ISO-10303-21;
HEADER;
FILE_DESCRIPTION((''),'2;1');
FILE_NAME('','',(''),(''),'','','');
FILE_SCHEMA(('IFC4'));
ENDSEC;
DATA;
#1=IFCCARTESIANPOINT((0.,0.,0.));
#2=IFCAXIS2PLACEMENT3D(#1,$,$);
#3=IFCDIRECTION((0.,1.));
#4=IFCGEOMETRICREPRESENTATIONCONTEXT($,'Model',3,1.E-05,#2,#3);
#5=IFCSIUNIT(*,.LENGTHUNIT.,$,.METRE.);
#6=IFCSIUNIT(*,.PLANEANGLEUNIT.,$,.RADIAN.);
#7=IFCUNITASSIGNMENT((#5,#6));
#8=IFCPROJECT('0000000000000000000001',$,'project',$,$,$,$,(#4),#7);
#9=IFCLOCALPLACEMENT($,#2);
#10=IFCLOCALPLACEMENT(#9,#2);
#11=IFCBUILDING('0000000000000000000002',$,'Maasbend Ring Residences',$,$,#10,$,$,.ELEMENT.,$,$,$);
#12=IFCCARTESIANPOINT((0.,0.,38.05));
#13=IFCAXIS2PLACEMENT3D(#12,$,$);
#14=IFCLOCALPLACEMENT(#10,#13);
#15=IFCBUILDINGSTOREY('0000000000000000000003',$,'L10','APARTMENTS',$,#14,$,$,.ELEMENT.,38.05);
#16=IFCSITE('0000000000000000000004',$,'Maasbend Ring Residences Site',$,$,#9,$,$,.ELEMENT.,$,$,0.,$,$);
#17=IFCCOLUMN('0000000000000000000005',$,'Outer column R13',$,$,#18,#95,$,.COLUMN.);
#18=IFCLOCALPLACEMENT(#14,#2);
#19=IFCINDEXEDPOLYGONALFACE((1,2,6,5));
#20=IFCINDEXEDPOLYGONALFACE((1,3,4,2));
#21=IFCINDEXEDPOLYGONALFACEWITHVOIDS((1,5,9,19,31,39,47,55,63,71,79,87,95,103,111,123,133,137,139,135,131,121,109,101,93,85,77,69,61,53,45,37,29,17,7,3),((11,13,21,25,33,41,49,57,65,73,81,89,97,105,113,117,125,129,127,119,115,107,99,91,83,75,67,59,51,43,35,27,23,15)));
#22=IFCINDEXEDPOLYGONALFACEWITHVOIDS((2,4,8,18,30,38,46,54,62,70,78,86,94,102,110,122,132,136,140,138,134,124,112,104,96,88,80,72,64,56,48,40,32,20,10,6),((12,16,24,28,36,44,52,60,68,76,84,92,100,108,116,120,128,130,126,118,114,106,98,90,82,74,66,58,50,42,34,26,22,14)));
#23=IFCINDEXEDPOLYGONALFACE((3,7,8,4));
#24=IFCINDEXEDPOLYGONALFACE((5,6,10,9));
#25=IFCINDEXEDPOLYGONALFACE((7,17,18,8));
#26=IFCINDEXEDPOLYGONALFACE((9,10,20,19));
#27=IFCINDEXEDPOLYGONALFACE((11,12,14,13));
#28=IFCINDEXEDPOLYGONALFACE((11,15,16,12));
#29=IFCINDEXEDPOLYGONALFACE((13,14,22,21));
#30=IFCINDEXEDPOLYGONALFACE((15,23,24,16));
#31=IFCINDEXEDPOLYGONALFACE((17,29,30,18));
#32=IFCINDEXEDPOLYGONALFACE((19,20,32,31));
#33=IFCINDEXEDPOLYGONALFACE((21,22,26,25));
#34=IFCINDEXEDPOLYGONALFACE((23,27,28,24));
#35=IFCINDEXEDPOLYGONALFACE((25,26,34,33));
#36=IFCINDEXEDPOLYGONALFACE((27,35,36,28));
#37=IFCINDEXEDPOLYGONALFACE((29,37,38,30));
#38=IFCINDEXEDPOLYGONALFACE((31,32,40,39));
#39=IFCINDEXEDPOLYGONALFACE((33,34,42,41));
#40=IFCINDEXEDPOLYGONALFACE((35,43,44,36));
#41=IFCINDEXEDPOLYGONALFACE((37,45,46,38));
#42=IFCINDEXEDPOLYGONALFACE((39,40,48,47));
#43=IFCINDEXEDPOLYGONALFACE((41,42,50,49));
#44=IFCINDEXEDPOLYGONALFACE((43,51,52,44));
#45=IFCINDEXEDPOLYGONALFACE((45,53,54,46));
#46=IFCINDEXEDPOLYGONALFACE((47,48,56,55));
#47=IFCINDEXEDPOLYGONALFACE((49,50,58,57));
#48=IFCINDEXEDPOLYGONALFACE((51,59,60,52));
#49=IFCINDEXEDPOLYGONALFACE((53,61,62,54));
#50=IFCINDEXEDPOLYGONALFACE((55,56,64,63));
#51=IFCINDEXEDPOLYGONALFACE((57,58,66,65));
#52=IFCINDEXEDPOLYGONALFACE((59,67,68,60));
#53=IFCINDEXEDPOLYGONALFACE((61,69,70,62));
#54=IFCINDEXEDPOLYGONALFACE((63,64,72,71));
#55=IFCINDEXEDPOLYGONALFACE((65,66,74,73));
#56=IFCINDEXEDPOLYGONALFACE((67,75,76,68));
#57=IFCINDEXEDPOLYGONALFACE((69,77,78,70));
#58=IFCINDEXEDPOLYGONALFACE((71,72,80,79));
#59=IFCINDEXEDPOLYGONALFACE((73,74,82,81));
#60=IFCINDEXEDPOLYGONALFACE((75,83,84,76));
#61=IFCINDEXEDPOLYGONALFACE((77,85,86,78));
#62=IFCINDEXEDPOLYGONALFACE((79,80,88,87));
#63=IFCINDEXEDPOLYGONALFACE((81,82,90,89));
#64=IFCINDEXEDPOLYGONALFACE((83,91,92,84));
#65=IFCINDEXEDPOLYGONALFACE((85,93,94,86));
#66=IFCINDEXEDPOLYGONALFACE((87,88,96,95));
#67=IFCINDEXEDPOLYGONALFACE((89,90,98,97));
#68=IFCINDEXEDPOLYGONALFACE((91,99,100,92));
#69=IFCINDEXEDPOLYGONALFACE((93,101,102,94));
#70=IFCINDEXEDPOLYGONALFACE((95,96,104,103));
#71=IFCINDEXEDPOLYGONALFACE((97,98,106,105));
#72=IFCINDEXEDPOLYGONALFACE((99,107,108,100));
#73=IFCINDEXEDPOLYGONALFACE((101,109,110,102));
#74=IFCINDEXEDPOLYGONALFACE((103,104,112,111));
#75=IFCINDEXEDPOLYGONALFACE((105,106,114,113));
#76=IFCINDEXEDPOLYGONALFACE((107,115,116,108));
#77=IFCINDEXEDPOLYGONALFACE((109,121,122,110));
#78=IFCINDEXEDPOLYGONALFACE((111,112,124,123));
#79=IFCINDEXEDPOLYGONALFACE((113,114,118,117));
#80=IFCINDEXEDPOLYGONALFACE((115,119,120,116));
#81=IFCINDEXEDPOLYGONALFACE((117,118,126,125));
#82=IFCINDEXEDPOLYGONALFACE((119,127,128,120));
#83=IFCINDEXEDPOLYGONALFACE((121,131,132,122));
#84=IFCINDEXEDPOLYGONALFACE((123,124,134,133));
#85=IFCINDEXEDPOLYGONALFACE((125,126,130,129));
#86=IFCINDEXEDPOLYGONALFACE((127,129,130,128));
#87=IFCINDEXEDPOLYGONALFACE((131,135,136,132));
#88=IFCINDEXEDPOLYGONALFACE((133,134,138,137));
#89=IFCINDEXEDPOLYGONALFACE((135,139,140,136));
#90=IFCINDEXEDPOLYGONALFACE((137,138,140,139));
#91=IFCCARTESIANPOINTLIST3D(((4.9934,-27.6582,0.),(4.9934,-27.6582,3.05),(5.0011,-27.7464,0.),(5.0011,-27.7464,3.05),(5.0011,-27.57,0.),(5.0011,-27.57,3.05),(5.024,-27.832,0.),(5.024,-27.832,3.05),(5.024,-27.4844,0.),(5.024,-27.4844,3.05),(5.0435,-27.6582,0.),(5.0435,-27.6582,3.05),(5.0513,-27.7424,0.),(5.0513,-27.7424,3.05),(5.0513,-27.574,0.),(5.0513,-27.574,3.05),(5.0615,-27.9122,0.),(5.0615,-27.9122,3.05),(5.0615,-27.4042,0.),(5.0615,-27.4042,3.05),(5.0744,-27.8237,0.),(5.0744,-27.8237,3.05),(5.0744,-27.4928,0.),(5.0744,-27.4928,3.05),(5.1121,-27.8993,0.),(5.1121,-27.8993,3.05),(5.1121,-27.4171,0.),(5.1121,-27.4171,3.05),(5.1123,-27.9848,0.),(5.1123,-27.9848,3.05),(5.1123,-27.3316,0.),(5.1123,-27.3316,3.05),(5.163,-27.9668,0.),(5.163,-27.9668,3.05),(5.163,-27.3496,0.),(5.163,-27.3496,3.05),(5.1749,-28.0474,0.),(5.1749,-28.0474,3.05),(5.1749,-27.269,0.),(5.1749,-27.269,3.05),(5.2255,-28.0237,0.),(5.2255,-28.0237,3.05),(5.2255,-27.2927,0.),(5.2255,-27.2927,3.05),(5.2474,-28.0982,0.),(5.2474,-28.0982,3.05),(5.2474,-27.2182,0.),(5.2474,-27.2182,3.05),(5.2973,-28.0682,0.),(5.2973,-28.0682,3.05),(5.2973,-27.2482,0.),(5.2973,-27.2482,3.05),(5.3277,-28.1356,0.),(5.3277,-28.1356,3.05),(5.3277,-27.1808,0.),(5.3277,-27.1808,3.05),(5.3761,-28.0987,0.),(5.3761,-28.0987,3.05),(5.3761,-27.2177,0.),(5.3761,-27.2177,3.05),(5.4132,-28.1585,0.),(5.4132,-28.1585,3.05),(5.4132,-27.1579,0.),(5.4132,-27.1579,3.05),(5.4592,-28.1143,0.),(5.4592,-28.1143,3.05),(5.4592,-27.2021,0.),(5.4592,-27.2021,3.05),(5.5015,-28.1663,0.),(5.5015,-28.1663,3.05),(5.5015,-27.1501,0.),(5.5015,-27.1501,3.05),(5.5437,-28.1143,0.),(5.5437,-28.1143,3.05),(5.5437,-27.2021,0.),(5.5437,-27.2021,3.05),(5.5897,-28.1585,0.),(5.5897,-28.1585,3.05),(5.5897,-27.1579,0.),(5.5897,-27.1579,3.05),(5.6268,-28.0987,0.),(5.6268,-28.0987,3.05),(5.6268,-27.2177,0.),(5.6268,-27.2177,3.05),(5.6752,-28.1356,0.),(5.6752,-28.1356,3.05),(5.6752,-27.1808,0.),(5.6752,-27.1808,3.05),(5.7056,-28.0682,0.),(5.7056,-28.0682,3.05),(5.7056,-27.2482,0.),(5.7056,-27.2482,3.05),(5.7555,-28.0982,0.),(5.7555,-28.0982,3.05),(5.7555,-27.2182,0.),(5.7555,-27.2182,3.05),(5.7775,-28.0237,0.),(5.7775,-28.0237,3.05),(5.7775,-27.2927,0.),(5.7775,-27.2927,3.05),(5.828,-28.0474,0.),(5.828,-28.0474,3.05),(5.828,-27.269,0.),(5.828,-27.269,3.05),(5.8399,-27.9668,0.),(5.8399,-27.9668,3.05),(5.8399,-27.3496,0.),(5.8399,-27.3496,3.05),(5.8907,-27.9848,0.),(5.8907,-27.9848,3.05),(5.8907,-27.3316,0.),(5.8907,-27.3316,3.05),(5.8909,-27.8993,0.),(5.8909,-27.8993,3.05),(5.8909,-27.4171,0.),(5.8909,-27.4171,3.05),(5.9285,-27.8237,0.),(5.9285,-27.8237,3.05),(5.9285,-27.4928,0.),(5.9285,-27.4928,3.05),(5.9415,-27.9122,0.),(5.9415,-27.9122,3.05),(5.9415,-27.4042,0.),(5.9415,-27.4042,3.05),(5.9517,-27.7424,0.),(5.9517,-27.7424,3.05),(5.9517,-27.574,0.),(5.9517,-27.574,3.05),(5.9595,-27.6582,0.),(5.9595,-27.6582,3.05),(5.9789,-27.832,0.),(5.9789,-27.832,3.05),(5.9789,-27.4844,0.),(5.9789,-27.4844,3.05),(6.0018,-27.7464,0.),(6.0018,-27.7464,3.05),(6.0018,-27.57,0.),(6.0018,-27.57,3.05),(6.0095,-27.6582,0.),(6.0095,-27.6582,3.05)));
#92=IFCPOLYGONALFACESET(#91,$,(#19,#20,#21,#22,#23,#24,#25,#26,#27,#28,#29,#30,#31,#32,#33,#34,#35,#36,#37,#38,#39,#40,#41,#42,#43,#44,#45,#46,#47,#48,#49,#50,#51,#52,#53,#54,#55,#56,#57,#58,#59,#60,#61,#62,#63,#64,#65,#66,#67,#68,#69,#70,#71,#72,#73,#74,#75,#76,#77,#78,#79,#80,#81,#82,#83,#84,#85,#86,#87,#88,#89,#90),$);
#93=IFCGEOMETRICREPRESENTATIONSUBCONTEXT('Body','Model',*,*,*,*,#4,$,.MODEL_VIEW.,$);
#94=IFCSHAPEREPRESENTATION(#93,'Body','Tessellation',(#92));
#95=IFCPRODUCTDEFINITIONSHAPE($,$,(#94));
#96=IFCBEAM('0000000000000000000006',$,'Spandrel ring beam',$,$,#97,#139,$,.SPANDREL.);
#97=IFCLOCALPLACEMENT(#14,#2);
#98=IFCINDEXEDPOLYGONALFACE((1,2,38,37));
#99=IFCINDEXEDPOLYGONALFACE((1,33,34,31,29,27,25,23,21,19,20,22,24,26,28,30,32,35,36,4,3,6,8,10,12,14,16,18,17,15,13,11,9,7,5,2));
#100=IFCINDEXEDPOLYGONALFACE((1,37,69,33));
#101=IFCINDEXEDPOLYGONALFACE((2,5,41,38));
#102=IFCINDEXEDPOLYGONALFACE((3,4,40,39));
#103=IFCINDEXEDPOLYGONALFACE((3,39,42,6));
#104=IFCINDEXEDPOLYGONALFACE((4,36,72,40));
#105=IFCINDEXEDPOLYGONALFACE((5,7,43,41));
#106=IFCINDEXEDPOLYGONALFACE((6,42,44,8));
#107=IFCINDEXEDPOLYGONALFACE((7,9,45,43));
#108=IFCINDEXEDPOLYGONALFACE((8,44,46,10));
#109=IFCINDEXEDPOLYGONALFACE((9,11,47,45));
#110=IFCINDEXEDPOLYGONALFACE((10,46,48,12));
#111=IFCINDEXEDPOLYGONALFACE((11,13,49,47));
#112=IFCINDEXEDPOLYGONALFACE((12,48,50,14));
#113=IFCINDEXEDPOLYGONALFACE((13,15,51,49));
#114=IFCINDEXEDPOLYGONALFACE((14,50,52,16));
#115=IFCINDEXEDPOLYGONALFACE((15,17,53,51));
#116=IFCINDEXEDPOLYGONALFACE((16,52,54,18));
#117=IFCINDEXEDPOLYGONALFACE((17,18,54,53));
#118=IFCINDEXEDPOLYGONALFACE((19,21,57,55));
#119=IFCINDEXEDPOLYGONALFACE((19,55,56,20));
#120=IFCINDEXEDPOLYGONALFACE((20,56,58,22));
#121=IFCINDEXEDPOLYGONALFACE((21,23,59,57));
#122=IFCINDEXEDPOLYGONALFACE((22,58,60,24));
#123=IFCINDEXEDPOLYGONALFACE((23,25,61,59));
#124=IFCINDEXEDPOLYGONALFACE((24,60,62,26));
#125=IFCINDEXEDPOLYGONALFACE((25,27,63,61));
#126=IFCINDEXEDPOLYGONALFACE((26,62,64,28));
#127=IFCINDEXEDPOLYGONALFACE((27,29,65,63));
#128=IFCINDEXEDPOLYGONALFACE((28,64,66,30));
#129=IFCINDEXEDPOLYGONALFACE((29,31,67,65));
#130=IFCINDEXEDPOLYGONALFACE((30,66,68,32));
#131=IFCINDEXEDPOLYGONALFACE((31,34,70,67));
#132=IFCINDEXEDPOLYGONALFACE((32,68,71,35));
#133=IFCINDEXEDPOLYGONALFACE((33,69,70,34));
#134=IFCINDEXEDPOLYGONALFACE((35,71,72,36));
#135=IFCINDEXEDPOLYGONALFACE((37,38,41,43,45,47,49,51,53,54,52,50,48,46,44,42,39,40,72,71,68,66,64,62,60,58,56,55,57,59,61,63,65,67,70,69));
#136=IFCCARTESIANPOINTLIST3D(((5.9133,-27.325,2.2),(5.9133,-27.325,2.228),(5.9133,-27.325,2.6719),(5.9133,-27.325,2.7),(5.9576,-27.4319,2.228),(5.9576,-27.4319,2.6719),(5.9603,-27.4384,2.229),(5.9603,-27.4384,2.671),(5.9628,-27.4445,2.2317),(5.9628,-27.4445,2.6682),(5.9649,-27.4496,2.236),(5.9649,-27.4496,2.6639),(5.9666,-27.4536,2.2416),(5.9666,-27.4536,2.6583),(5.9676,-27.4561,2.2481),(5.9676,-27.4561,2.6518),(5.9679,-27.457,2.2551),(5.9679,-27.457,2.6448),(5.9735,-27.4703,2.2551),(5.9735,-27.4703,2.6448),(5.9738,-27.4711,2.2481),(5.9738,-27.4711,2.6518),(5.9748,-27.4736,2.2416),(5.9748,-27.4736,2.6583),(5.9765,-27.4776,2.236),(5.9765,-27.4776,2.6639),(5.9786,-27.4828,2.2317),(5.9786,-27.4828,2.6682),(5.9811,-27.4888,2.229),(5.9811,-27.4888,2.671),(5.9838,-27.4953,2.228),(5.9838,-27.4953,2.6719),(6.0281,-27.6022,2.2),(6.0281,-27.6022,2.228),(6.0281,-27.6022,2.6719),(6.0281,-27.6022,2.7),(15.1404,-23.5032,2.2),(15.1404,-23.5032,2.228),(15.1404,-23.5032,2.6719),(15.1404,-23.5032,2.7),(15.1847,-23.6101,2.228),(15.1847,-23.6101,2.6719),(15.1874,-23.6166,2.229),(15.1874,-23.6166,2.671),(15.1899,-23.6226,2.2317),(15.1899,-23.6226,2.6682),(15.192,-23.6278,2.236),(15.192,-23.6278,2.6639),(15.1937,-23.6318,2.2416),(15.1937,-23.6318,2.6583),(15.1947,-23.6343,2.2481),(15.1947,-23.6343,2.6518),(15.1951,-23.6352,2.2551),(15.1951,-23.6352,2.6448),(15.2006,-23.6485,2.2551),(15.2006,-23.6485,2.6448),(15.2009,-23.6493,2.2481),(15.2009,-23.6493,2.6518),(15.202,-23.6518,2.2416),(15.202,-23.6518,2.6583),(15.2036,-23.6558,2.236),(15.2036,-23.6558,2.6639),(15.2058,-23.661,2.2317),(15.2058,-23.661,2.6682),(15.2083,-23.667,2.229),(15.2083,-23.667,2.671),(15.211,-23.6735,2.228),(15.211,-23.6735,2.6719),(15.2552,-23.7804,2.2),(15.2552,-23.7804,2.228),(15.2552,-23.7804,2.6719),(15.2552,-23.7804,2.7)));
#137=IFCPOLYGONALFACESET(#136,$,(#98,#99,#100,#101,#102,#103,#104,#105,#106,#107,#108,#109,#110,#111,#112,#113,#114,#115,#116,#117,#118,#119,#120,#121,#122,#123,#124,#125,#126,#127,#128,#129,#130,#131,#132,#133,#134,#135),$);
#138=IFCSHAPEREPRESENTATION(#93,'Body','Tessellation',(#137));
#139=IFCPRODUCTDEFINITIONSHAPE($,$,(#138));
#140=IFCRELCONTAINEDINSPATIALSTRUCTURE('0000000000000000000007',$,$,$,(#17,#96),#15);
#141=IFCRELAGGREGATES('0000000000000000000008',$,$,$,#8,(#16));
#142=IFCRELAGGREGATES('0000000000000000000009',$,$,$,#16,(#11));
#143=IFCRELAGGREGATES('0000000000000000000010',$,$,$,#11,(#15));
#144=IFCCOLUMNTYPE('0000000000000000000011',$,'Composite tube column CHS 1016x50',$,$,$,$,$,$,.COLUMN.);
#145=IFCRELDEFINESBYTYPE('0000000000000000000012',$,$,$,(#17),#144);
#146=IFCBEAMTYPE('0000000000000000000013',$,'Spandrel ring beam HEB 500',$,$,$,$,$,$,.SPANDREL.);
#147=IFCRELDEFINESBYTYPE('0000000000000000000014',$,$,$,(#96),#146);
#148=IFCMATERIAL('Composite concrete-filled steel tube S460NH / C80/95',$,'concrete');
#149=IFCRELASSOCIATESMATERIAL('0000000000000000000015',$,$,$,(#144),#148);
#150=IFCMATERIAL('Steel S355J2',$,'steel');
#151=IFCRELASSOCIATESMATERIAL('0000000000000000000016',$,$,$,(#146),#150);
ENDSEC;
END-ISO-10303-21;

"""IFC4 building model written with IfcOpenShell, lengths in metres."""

from ifc_helpers import new_model, si_unit, direction, frame, origin, origin_2d, place, context, subcontext, project, spatial, hollow_circle, i_section, extrude, material, material_profile, profile_set, type_object, element, save


model = new_model("IFC4")

# Units and contexts
model_context = context("Model", 3, precision=1e-05, world=origin(), true_north=direction((0.0, 1.0)))
body_context = subcontext(model_context, "Body", "Model", "MODEL_VIEW")
ifc_project = project(units=[si_unit("LENGTHUNIT", "METRE"), si_unit("PLANEANGLEUNIT", "RADIAN")], contexts=[model_context])

# Site, building, storey
site_placement = place(None, origin())
site = spatial("IfcSite", under=ifc_project, at=site_placement, Name="Maasbend Ring Residences Site", CompositionType="ELEMENT", RefElevation=0.0)
building_placement = place(site_placement, origin())
building = spatial("IfcBuilding", under=site, at=building_placement, Name="Maasbend Ring Residences", CompositionType="ELEMENT")
storey_placement = place(building_placement, frame((0.0, 0.0, 38.05)))
storey = spatial("IfcBuildingStorey", under=building, at=storey_placement, Name="L10", Description="APARTMENTS", CompositionType="ELEMENT", Elevation=38.05)

# Column
ifc_material_1 = material(Name="Composite concrete-filled steel tube S460NH / C80/95", Category="concrete")
ifc_material_profile_1 = material_profile(ifc_material_1, hollow_circle(Radius=0.5081, WallThickness=0.05, at=origin_2d()), Name="Composite tube column CHS 1016x50")
ifc_profile_set_1 = profile_set([ifc_material_profile_1], Name="Composite concrete-filled steel tube S460NH / C80/95")
column_type = type_object("IfcColumnType", Name="Composite tube column CHS 1016x50", PredefinedType="COLUMN", material=ifc_profile_set_1)
column_placement = place(storey_placement, frame((5.5015, -27.6582, 0.0), z_axis=(0.0, 0.0, 1.0), x_axis=(1.0, 0.0, 0.0)))
element("IfcColumn", 1, at=column_placement, inside=storey, type_object=column_type, Name="Outer column R13", PredefinedType="COLUMN", context=body_context, shape_type="SweptSolid", body=[
    extrude(hollow_circle(Radius=0.5081, WallThickness=0.05, at=origin_2d()), origin(), (0.0, 0.0, 1.0), 3.05),
])

# Beam
ifc_material_2 = material(Name="Steel S355J2", Category="steel")
ifc_material_profile_2 = material_profile(ifc_material_2, i_section(OverallWidth=0.3, OverallDepth=0.5, WebThickness=0.0144, FlangeThickness=0.0281, FilletRadius=0.0271, at=origin_2d()), Name="HEB 500")
ifc_profile_set_2 = profile_set([ifc_material_profile_2], Name="Steel S355J2")
beam_type = type_object("IfcBeamType", Name="Spandrel ring beam HEB 500", PredefinedType="SPANDREL", material=ifc_profile_set_2)
beam_placement = place(storey_placement, frame((5.9707, -27.4636, 2.45), z_axis=(0.923886, 0.382667, 0.0), x_axis=(-0.382667, 0.923886, 0.0)))
element("IfcBeam", 2, at=beam_placement, inside=storey, type_object=beam_type, Name="Spandrel ring beam", PredefinedType="SPANDREL", context=body_context, shape_type="SweptSolid", body=[
    extrude(i_section(OverallWidth=0.3, OverallDepth=0.5, WebThickness=0.0144, FlangeThickness=0.0281, FilletRadius=0.0271, at=origin_2d()), origin(), (0.0, 0.0, 1.0), 9.9873),
])

save(model, "model.ifc")
